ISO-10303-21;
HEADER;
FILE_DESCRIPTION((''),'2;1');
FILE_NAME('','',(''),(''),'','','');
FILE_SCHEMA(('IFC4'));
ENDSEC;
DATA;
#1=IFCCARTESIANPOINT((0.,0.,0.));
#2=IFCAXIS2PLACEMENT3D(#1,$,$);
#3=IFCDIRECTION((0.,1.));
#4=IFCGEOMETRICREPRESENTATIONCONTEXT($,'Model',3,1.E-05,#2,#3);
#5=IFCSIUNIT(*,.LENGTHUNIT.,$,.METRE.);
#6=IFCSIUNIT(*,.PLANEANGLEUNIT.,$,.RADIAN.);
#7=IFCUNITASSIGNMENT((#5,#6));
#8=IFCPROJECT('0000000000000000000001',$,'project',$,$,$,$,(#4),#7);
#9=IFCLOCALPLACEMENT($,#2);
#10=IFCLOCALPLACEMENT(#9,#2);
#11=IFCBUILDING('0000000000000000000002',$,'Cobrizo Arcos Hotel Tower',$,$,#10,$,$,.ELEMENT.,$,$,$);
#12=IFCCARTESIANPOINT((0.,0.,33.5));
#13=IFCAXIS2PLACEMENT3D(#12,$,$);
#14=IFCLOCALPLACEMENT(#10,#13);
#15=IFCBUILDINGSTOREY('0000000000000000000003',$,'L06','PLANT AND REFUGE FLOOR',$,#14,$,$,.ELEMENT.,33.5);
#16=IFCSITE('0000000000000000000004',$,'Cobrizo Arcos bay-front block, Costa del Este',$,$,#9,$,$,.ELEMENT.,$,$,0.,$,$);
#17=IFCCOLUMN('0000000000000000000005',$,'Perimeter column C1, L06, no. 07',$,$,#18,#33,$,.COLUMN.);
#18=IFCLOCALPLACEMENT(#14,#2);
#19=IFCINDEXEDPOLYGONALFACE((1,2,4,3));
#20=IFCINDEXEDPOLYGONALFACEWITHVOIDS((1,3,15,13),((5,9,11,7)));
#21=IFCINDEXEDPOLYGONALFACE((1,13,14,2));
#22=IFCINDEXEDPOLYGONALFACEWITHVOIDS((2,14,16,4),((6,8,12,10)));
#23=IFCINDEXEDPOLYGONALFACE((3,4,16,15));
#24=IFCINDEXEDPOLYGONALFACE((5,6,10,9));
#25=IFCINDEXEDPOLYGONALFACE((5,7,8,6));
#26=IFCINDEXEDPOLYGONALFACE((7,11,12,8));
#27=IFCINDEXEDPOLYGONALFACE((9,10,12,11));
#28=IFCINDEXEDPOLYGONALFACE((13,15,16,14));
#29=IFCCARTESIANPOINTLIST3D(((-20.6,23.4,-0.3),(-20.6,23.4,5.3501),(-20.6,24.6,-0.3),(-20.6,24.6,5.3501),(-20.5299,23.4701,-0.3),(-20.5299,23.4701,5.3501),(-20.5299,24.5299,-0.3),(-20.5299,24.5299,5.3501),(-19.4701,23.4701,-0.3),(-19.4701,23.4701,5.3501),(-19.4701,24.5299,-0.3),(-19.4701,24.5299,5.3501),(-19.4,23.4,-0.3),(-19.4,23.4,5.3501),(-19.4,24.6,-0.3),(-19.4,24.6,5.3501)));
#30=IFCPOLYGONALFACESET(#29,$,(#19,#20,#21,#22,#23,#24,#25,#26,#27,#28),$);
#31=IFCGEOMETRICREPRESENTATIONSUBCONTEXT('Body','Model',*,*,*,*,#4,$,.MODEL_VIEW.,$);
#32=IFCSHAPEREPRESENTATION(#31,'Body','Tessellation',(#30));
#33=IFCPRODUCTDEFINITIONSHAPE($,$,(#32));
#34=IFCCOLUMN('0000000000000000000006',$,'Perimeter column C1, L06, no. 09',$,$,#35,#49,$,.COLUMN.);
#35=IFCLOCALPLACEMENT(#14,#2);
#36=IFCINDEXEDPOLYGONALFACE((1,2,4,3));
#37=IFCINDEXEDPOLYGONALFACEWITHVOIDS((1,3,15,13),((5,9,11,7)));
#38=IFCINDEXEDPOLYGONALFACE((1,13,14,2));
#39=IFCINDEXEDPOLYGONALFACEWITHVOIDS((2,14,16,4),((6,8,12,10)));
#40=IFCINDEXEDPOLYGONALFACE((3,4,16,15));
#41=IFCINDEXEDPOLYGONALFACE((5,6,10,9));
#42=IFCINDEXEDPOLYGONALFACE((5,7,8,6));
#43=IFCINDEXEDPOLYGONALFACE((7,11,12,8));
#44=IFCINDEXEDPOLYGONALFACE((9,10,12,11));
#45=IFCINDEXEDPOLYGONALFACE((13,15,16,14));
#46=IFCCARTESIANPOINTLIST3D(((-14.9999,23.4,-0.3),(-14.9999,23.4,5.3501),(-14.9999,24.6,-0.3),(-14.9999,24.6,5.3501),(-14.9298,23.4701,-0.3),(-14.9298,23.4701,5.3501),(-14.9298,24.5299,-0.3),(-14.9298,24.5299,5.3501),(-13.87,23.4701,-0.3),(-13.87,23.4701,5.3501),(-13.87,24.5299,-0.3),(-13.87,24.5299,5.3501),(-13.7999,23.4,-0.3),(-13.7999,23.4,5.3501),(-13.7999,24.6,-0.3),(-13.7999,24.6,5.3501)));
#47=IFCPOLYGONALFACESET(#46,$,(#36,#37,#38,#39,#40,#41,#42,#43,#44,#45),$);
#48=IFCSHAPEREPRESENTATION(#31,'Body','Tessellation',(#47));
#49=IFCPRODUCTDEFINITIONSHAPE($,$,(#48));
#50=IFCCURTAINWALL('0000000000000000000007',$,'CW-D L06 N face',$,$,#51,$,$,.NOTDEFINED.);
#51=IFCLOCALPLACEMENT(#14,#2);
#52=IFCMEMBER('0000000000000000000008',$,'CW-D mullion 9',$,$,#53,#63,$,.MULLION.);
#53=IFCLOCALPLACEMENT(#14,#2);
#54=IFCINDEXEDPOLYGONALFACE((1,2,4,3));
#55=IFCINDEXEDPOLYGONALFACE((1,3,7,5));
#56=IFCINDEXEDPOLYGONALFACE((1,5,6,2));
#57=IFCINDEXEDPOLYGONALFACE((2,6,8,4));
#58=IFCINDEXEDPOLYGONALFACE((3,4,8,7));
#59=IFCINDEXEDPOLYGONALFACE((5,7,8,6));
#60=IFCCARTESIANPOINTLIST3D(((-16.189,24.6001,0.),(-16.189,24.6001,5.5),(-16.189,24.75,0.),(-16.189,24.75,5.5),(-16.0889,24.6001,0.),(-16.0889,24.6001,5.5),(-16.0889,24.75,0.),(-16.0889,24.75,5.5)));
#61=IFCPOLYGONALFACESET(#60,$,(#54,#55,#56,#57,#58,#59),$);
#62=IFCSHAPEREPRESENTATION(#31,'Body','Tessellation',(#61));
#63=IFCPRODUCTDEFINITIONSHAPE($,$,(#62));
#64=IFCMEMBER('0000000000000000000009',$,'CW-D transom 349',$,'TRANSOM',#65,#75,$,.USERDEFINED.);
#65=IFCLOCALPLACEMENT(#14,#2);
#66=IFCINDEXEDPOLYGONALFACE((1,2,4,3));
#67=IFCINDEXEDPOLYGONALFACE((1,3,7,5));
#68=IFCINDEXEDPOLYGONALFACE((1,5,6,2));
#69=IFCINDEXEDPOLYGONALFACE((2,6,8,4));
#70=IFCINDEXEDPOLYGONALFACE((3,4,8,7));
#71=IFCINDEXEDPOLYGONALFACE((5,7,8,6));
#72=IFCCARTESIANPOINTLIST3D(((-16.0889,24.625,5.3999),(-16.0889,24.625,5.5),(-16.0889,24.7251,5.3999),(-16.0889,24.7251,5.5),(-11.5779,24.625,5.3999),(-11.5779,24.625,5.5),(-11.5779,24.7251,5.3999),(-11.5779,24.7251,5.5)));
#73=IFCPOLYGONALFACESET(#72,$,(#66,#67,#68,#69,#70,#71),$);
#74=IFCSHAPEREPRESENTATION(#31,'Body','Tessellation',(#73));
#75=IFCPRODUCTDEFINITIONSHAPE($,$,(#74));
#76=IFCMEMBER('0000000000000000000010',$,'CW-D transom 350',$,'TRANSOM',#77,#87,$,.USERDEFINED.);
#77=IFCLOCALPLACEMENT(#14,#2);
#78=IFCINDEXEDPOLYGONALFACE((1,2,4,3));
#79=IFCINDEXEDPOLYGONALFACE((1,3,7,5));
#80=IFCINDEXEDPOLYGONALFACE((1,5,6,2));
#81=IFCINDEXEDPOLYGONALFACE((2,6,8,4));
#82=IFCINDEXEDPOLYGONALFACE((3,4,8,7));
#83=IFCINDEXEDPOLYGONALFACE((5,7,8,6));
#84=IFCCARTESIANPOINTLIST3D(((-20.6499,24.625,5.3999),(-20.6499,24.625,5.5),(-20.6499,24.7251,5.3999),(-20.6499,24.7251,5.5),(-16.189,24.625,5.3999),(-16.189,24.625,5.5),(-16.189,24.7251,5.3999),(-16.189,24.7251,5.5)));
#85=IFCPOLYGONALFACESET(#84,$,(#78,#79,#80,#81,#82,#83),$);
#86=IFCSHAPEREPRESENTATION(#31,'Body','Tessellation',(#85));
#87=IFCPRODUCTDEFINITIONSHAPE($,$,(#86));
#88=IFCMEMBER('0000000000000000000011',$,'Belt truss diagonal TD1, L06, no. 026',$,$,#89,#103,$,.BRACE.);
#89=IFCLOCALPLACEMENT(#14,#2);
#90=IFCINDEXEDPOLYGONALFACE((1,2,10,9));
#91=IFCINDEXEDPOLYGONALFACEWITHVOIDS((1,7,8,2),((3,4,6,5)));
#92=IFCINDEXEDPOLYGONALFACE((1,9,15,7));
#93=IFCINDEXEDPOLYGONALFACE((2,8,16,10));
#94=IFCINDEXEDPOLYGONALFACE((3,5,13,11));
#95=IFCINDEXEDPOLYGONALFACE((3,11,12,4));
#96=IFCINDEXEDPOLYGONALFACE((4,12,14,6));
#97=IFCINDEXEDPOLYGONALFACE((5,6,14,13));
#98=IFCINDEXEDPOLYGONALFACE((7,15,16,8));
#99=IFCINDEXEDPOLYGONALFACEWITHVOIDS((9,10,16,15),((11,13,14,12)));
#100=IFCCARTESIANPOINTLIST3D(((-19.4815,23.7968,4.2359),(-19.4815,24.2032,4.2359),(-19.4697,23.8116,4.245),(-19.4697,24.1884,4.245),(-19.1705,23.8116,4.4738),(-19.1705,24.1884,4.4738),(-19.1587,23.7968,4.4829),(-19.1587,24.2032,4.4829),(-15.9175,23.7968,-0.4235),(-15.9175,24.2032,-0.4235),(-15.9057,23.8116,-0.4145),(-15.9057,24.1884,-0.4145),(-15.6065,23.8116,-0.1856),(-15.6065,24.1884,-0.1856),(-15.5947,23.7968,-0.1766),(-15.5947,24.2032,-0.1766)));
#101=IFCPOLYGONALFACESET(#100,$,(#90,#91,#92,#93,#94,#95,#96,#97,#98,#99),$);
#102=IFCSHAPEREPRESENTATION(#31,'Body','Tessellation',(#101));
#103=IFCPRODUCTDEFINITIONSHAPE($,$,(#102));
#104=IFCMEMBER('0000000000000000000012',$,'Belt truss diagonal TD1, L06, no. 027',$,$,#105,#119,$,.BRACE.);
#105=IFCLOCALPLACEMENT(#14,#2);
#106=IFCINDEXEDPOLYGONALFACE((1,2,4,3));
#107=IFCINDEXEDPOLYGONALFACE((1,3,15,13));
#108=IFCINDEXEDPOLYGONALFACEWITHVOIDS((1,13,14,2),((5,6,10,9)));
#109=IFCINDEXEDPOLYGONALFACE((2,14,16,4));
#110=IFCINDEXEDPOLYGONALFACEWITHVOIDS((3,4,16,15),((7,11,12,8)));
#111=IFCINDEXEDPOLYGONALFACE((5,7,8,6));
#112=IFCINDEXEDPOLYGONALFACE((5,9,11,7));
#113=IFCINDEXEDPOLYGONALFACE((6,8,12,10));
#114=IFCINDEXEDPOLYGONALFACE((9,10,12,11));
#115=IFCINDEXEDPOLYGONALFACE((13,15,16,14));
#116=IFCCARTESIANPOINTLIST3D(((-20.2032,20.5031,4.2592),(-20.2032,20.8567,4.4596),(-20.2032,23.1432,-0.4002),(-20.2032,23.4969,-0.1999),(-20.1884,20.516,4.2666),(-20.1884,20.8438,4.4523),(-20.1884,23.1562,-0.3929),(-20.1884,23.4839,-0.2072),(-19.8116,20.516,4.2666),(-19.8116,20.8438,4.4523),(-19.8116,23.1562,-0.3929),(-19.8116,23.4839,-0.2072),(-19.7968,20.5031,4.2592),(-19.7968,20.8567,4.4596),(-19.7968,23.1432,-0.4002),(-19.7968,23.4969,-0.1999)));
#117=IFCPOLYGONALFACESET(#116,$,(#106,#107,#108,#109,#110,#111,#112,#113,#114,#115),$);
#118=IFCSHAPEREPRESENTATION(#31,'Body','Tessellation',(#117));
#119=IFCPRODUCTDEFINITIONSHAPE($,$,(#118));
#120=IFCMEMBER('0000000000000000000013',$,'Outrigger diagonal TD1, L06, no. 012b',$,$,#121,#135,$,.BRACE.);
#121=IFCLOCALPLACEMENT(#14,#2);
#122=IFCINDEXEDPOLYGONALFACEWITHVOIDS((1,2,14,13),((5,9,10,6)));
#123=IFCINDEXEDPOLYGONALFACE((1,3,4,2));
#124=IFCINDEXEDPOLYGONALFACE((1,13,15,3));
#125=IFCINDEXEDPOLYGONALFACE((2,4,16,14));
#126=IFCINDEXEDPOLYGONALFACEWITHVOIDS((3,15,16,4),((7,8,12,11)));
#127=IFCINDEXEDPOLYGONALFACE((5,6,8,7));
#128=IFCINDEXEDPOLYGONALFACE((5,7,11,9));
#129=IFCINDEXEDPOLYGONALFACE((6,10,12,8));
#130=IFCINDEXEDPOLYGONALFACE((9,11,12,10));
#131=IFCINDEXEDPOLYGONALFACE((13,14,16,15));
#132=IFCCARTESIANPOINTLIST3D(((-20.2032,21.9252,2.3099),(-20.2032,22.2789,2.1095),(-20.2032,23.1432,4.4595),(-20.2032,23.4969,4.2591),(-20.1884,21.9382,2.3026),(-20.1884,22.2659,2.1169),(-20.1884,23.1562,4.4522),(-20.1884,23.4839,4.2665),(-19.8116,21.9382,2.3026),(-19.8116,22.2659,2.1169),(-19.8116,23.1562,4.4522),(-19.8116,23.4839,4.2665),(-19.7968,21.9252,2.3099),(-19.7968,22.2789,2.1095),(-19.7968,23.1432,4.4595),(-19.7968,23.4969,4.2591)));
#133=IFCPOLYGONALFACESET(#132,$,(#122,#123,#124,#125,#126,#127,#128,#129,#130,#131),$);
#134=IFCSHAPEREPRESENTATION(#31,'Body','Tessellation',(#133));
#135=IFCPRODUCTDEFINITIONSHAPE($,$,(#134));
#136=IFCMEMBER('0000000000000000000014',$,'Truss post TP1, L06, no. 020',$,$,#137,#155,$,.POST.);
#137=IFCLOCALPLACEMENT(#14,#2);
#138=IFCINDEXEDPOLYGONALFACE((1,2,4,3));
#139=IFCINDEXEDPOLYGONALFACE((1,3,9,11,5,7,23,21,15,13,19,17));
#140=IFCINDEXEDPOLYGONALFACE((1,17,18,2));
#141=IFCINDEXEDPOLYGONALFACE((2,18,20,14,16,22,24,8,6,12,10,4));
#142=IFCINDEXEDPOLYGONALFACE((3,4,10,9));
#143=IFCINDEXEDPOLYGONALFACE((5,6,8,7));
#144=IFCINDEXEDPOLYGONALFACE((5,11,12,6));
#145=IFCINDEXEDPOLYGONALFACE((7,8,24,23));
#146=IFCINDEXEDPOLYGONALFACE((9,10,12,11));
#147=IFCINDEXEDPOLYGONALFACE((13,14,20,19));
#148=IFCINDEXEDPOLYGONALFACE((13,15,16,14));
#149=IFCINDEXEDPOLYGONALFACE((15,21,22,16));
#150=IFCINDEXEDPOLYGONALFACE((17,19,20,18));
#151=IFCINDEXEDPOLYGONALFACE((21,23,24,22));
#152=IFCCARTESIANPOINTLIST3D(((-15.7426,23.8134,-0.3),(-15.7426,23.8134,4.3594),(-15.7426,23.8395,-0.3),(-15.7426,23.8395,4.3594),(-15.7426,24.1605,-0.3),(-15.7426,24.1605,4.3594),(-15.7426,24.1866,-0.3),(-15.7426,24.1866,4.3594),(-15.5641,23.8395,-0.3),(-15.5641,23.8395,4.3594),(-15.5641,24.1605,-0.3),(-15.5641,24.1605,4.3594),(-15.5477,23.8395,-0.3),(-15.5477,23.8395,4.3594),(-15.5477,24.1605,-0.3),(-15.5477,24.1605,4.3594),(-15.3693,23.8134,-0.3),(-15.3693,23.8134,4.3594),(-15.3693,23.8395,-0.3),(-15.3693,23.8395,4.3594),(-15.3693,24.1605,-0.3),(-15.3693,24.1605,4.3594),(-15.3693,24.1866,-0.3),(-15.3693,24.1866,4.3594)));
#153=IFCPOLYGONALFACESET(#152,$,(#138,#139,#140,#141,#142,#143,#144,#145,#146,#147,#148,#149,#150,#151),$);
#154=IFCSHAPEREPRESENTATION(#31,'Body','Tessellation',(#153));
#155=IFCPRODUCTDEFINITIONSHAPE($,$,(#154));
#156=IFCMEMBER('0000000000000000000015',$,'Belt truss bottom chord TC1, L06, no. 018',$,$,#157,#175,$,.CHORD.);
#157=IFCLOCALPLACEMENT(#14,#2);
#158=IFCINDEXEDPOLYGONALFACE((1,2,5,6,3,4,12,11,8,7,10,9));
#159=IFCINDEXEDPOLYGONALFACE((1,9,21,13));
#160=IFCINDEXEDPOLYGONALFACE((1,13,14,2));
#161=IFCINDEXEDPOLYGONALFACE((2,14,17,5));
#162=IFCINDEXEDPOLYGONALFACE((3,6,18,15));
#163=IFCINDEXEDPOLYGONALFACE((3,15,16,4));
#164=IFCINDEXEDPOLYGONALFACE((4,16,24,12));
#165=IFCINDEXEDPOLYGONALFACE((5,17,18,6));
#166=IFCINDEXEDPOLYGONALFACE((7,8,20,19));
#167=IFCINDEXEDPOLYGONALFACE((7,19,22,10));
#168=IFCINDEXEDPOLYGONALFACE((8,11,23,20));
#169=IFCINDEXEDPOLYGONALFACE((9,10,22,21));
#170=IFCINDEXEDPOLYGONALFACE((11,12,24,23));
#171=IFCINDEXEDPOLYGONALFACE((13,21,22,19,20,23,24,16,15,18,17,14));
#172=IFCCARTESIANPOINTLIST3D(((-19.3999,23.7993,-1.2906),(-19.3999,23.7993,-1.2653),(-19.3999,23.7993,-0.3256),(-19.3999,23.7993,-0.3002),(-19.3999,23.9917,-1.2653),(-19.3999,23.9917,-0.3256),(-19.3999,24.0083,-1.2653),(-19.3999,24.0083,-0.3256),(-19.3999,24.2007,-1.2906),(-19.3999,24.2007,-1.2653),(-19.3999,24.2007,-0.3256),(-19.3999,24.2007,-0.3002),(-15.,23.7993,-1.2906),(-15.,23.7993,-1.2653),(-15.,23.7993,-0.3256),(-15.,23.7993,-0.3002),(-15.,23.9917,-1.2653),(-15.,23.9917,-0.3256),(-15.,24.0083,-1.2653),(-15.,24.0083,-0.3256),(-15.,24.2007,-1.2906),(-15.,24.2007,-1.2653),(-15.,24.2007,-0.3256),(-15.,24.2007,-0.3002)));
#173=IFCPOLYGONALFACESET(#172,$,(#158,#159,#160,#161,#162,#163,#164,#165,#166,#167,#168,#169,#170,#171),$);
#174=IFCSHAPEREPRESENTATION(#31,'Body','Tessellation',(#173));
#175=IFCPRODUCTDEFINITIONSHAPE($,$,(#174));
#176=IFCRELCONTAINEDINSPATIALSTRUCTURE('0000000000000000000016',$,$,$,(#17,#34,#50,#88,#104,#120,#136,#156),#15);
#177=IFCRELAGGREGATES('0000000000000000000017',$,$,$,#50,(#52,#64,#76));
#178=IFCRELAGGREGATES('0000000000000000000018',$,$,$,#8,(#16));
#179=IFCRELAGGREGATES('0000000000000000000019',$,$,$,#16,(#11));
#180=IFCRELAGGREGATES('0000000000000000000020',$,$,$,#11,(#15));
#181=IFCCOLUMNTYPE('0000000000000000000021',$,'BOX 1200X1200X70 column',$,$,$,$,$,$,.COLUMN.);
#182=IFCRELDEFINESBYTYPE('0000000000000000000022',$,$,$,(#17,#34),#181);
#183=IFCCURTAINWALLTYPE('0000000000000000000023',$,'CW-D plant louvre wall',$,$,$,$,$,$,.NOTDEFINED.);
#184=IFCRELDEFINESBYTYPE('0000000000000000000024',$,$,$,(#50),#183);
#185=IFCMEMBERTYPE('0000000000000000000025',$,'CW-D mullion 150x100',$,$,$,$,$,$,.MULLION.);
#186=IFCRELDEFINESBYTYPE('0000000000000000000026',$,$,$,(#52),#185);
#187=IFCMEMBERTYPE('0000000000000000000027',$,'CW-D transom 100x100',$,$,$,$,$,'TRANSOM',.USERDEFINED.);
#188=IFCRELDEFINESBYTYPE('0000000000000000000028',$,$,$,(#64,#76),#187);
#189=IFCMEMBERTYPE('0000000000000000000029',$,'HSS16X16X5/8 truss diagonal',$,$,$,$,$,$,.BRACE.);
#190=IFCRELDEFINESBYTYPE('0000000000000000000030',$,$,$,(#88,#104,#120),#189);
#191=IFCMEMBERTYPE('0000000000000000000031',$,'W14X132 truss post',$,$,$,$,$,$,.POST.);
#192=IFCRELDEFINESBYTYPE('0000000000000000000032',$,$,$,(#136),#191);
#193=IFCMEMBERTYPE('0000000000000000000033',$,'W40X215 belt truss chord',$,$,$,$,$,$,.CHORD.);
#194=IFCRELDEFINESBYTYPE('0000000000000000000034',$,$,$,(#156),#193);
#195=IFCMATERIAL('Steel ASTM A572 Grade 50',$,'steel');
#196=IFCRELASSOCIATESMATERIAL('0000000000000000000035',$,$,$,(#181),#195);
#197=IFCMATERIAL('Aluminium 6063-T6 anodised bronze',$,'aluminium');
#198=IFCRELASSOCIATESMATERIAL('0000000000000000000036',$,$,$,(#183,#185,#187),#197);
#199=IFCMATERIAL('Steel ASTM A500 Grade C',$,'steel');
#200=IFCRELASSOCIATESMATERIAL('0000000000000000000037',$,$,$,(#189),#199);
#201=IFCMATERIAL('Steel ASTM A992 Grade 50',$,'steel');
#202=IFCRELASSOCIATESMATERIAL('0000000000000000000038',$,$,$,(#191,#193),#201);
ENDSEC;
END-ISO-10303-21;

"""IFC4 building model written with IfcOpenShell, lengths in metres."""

from ifc_helpers import new_model, si_unit, direction, frame, origin, origin_2d, place, context, subcontext, project, spatial, rectangle, hollow_rectangle, i_section, extrude, material, material_profile, profile_set, type_object, element, aggregate, save


model = new_model("IFC4")

# Units and contexts
model_context = context("Model", 3, precision=1e-05, world=origin(), true_north=direction((0.0, 1.0)))
body_context = subcontext(model_context, "Body", "Model", "MODEL_VIEW")
ifc_project = project(units=[si_unit("LENGTHUNIT", "METRE"), si_unit("PLANEANGLEUNIT", "RADIAN")], contexts=[model_context])

# Site, building, storey
site_placement = place(None, origin())
site = spatial("IfcSite", under=ifc_project, at=site_placement, Name="Cobrizo Arcos bay-front block, Costa del Este", CompositionType="ELEMENT", RefElevation=0.0)
building_placement = place(site_placement, origin())
building = spatial("IfcBuilding", under=site, at=building_placement, Name="Cobrizo Arcos Hotel Tower", CompositionType="ELEMENT")
storey_placement = place(building_placement, frame((0.0, 0.0, 33.5)))
storey = spatial("IfcBuildingStorey", under=building, at=storey_placement, Name="L06", Description="PLANT AND REFUGE FLOOR", CompositionType="ELEMENT", Elevation=33.5)

# Columns
ifc_material_1 = material(Name="Steel ASTM A572 Grade 50", Category="steel")
ifc_material_profile_1 = material_profile(ifc_material_1, hollow_rectangle(XDim=1.2, YDim=1.2, WallThickness=0.0701, at=origin_2d()), Name="BOX 1200X1200X70")
ifc_profile_set_1 = profile_set([ifc_material_profile_1], Name="Steel ASTM A572 Grade 50")
column_type = type_object("IfcColumnType", Name="BOX 1200X1200X70 column", PredefinedType="COLUMN", material=ifc_profile_set_1)
for number, where, z_axis, x_axis, name in (
    (1, (-20.0, 24.0, -0.3), (0.0, 0.0, 1.0), (1.0, 0.0, 0.0), "Perimeter column C1, L06, no. 07"),
    (2, (-14.3999, 24.0, -0.3), (0.0, 0.0, 1.0), (1.0, 0.0, 0.0), "Perimeter column C1, L06, no. 09"),
):
    element("IfcColumn", number, at=place(storey_placement, frame(where, z_axis=z_axis, x_axis=x_axis)), inside=storey, type_object=column_type, Name=name, PredefinedType="COLUMN", context=body_context, shape_type="SweptSolid", body=[
        extrude(hollow_rectangle(XDim=1.2, YDim=1.2, WallThickness=0.0701, at=origin_2d()), origin(), (0.0, 0.0, 1.0), 5.6501),
    ])

# Curtain wall, members
ifc_material_2 = material(Name="Aluminium 6063-T6 anodised bronze", Category="aluminium")
curtain_wall_type = type_object("IfcCurtainWallType", Name="CW-D plant louvre wall", PredefinedType="NOTDEFINED", material=ifc_material_2)
curtain_wall_placement = place(storey_placement, origin())
curtain_wall = element("IfcCurtainWall", 3, at=curtain_wall_placement, inside=storey, type_object=curtain_wall_type, Name="CW-D L06 N face", PredefinedType="NOTDEFINED")
ifc_material_profile_2 = material_profile(ifc_material_2, rectangle(XDim=0.1499, YDim=0.1001, at=origin_2d()), Name="CW-D mullion 150x100")
ifc_profile_set_2 = profile_set([ifc_material_profile_2], Name="Aluminium 6063-T6 anodised bronze")
member_type_1 = type_object("IfcMemberType", Name="CW-D mullion 150x100", PredefinedType="MULLION", material=ifc_profile_set_2)
member_1_placement = place(storey_placement, frame((-16.1389, 24.675, 0.0), z_axis=(0.0, 0.0, 1.0), x_axis=(0.0, 1.0, 0.0)))
member_1 = element("IfcMember", 4, at=member_1_placement, type_object=member_type_1, Name="CW-D mullion 9", PredefinedType="MULLION", context=body_context, shape_type="SweptSolid", body=[
    extrude(rectangle(XDim=0.1499, YDim=0.1001, at=origin_2d()), origin(), (0.0, 0.0, 1.0), 5.5),
])
ifc_material_profile_3 = material_profile(ifc_material_2, rectangle(XDim=0.1001, YDim=0.1001, at=origin_2d()), Name="CW-D transom 100x100")
ifc_profile_set_3 = profile_set([ifc_material_profile_3], Name="Aluminium 6063-T6 anodised bronze")
member_type_2 = type_object("IfcMemberType", Name="CW-D transom 100x100", ElementType="TRANSOM", PredefinedType="USERDEFINED", material=ifc_profile_set_3)
member_2_placement = place(storey_placement, frame((-11.5779, 24.675, 5.45), z_axis=(-1.0, 0.0, 0.0), x_axis=(0.0, -1.0, 0.0)))
member_2 = element("IfcMember", 5, at=member_2_placement, type_object=member_type_2, Name="CW-D transom 349", ObjectType="TRANSOM", PredefinedType="USERDEFINED", context=body_context, shape_type="SweptSolid", body=[
    extrude(rectangle(XDim=0.1001, YDim=0.1001, at=origin_2d()), origin(), (0.0, 0.0, 1.0), 4.511),
])
member_3_placement = place(storey_placement, frame((-16.189, 24.675, 5.45), z_axis=(-1.0, 0.0, 0.0), x_axis=(0.0, -1.0, 0.0)))
member_3 = element("IfcMember", 6, at=member_3_placement, type_object=member_type_2, Name="CW-D transom 350", ObjectType="TRANSOM", PredefinedType="USERDEFINED", context=body_context, shape_type="SweptSolid", body=[
    extrude(rectangle(XDim=0.1001, YDim=0.1001, at=origin_2d()), origin(), (0.0, 0.0, 1.0), 4.4609),
])

# Members
ifc_material_3 = material(Name="Steel ASTM A500 Grade C", Category="steel")
ifc_material_profile_4 = material_profile(ifc_material_3, hollow_rectangle(XDim=0.4065, YDim=0.4065, WallThickness=0.0149, at=origin_2d()), Name="HSS16X16X5/8")
ifc_profile_set_4 = profile_set([ifc_material_profile_4], Name="Steel ASTM A500 Grade C")
member_type_3 = type_object("IfcMemberType", Name="HSS16X16X5/8 truss diagonal", PredefinedType="BRACE", material=ifc_profile_set_4)
member_4_placement = place(storey_placement, frame((-15.7561, 24.0, -0.3), z_axis=(-0.607544, 0.0, 0.794286), x_axis=(0.0, -1.0, 0.0)))
element("IfcMember", 7, at=member_4_placement, inside=storey, type_object=member_type_3, Name="Belt truss diagonal TD1, L06, no. 026", PredefinedType="BRACE", context=body_context, shape_type="SweptSolid", body=[
    extrude(hollow_rectangle(XDim=0.4065, YDim=0.4065, WallThickness=0.0149, at=origin_2d()), origin(), (0.0, 0.0, 1.0), 5.8662),
])
member_5_placement = place(storey_placement, frame((-20.0, 23.3201, -0.3), z_axis=(0.0, -0.492984, 0.870038), x_axis=(1.0, 0.0, 0.0)))
element("IfcMember", 8, at=member_5_placement, inside=storey, type_object=member_type_3, Name="Belt truss diagonal TD1, L06, no. 027", PredefinedType="BRACE", context=body_context, shape_type="SweptSolid", body=[
    extrude(hollow_rectangle(XDim=0.4065, YDim=0.4065, WallThickness=0.0149, at=origin_2d()), origin(), (0.0, 0.0, 1.0), 5.3555),
])
member_6_placement = place(storey_placement, frame((-20.0, 22.1021, 2.2097), z_axis=(0.0, 0.492975, 0.870043), x_axis=(-1.0, 0.0, 0.0)))
element("IfcMember", 9, at=member_6_placement, inside=storey, type_object=member_type_3, Name="Outrigger diagonal TD1, L06, no. 012b", PredefinedType="BRACE", context=body_context, shape_type="SweptSolid", body=[
    extrude(hollow_rectangle(XDim=0.4065, YDim=0.4065, WallThickness=0.0149, at=origin_2d()), origin(), (0.0, 0.0, 1.0), 2.4707),
])
ifc_material_4 = material(Name="Steel ASTM A992 Grade 50", Category="steel")
ifc_material_profile_5 = material_profile(ifc_material_4, i_section(OverallWidth=0.3733, OverallDepth=0.3733, WebThickness=0.0164, FlangeThickness=0.0261, at=origin_2d()), Name="W14X132")
ifc_profile_set_5 = profile_set([ifc_material_profile_5], Name="Steel ASTM A992 Grade 50")
member_type_4 = type_object("IfcMemberType", Name="W14X132 truss post", PredefinedType="POST", material=ifc_profile_set_5)
member_7_placement = place(storey_placement, frame((-15.5559, 24.0, -0.3), z_axis=(0.0, 0.0, 1.0), x_axis=(1.0, 0.0, 0.0)))
element("IfcMember", 10, at=member_7_placement, inside=storey, type_object=member_type_4, Name="Truss post TP1, L06, no. 020", PredefinedType="POST", context=body_context, shape_type="SweptSolid", body=[
    extrude(i_section(OverallWidth=0.3733, OverallDepth=0.3733, WebThickness=0.0164, FlangeThickness=0.0261, at=origin_2d()), origin(), (0.0, 0.0, 1.0), 4.6594),
])
ifc_material_profile_6 = material_profile(ifc_material_4, i_section(OverallWidth=0.4014, OverallDepth=0.9905, WebThickness=0.0166, FlangeThickness=0.0254, at=origin_2d()), Name="W40X215")
ifc_profile_set_6 = profile_set([ifc_material_profile_6], Name="Steel ASTM A992 Grade 50")
member_type_5 = type_object("IfcMemberType", Name="W40X215 belt truss chord", PredefinedType="CHORD", material=ifc_profile_set_6)
member_8_placement = place(storey_placement, frame((-15.0, 24.0, -0.7954), z_axis=(-1.0, 0.0, 0.0), x_axis=(0.0, -1.0, 0.0)))
element("IfcMember", 11, at=member_8_placement, inside=storey, type_object=member_type_5, Name="Belt truss bottom chord TC1, L06, no. 018", PredefinedType="CHORD", context=body_context, shape_type="SweptSolid", body=[
    extrude(i_section(OverallWidth=0.4014, OverallDepth=0.9905, WebThickness=0.0166, FlangeThickness=0.0254, at=origin_2d()), origin(), (0.0, 0.0, 1.0), 4.3999),
])

aggregate(curtain_wall, [member_1, member_2, member_3])

save(model, "model.ifc")
